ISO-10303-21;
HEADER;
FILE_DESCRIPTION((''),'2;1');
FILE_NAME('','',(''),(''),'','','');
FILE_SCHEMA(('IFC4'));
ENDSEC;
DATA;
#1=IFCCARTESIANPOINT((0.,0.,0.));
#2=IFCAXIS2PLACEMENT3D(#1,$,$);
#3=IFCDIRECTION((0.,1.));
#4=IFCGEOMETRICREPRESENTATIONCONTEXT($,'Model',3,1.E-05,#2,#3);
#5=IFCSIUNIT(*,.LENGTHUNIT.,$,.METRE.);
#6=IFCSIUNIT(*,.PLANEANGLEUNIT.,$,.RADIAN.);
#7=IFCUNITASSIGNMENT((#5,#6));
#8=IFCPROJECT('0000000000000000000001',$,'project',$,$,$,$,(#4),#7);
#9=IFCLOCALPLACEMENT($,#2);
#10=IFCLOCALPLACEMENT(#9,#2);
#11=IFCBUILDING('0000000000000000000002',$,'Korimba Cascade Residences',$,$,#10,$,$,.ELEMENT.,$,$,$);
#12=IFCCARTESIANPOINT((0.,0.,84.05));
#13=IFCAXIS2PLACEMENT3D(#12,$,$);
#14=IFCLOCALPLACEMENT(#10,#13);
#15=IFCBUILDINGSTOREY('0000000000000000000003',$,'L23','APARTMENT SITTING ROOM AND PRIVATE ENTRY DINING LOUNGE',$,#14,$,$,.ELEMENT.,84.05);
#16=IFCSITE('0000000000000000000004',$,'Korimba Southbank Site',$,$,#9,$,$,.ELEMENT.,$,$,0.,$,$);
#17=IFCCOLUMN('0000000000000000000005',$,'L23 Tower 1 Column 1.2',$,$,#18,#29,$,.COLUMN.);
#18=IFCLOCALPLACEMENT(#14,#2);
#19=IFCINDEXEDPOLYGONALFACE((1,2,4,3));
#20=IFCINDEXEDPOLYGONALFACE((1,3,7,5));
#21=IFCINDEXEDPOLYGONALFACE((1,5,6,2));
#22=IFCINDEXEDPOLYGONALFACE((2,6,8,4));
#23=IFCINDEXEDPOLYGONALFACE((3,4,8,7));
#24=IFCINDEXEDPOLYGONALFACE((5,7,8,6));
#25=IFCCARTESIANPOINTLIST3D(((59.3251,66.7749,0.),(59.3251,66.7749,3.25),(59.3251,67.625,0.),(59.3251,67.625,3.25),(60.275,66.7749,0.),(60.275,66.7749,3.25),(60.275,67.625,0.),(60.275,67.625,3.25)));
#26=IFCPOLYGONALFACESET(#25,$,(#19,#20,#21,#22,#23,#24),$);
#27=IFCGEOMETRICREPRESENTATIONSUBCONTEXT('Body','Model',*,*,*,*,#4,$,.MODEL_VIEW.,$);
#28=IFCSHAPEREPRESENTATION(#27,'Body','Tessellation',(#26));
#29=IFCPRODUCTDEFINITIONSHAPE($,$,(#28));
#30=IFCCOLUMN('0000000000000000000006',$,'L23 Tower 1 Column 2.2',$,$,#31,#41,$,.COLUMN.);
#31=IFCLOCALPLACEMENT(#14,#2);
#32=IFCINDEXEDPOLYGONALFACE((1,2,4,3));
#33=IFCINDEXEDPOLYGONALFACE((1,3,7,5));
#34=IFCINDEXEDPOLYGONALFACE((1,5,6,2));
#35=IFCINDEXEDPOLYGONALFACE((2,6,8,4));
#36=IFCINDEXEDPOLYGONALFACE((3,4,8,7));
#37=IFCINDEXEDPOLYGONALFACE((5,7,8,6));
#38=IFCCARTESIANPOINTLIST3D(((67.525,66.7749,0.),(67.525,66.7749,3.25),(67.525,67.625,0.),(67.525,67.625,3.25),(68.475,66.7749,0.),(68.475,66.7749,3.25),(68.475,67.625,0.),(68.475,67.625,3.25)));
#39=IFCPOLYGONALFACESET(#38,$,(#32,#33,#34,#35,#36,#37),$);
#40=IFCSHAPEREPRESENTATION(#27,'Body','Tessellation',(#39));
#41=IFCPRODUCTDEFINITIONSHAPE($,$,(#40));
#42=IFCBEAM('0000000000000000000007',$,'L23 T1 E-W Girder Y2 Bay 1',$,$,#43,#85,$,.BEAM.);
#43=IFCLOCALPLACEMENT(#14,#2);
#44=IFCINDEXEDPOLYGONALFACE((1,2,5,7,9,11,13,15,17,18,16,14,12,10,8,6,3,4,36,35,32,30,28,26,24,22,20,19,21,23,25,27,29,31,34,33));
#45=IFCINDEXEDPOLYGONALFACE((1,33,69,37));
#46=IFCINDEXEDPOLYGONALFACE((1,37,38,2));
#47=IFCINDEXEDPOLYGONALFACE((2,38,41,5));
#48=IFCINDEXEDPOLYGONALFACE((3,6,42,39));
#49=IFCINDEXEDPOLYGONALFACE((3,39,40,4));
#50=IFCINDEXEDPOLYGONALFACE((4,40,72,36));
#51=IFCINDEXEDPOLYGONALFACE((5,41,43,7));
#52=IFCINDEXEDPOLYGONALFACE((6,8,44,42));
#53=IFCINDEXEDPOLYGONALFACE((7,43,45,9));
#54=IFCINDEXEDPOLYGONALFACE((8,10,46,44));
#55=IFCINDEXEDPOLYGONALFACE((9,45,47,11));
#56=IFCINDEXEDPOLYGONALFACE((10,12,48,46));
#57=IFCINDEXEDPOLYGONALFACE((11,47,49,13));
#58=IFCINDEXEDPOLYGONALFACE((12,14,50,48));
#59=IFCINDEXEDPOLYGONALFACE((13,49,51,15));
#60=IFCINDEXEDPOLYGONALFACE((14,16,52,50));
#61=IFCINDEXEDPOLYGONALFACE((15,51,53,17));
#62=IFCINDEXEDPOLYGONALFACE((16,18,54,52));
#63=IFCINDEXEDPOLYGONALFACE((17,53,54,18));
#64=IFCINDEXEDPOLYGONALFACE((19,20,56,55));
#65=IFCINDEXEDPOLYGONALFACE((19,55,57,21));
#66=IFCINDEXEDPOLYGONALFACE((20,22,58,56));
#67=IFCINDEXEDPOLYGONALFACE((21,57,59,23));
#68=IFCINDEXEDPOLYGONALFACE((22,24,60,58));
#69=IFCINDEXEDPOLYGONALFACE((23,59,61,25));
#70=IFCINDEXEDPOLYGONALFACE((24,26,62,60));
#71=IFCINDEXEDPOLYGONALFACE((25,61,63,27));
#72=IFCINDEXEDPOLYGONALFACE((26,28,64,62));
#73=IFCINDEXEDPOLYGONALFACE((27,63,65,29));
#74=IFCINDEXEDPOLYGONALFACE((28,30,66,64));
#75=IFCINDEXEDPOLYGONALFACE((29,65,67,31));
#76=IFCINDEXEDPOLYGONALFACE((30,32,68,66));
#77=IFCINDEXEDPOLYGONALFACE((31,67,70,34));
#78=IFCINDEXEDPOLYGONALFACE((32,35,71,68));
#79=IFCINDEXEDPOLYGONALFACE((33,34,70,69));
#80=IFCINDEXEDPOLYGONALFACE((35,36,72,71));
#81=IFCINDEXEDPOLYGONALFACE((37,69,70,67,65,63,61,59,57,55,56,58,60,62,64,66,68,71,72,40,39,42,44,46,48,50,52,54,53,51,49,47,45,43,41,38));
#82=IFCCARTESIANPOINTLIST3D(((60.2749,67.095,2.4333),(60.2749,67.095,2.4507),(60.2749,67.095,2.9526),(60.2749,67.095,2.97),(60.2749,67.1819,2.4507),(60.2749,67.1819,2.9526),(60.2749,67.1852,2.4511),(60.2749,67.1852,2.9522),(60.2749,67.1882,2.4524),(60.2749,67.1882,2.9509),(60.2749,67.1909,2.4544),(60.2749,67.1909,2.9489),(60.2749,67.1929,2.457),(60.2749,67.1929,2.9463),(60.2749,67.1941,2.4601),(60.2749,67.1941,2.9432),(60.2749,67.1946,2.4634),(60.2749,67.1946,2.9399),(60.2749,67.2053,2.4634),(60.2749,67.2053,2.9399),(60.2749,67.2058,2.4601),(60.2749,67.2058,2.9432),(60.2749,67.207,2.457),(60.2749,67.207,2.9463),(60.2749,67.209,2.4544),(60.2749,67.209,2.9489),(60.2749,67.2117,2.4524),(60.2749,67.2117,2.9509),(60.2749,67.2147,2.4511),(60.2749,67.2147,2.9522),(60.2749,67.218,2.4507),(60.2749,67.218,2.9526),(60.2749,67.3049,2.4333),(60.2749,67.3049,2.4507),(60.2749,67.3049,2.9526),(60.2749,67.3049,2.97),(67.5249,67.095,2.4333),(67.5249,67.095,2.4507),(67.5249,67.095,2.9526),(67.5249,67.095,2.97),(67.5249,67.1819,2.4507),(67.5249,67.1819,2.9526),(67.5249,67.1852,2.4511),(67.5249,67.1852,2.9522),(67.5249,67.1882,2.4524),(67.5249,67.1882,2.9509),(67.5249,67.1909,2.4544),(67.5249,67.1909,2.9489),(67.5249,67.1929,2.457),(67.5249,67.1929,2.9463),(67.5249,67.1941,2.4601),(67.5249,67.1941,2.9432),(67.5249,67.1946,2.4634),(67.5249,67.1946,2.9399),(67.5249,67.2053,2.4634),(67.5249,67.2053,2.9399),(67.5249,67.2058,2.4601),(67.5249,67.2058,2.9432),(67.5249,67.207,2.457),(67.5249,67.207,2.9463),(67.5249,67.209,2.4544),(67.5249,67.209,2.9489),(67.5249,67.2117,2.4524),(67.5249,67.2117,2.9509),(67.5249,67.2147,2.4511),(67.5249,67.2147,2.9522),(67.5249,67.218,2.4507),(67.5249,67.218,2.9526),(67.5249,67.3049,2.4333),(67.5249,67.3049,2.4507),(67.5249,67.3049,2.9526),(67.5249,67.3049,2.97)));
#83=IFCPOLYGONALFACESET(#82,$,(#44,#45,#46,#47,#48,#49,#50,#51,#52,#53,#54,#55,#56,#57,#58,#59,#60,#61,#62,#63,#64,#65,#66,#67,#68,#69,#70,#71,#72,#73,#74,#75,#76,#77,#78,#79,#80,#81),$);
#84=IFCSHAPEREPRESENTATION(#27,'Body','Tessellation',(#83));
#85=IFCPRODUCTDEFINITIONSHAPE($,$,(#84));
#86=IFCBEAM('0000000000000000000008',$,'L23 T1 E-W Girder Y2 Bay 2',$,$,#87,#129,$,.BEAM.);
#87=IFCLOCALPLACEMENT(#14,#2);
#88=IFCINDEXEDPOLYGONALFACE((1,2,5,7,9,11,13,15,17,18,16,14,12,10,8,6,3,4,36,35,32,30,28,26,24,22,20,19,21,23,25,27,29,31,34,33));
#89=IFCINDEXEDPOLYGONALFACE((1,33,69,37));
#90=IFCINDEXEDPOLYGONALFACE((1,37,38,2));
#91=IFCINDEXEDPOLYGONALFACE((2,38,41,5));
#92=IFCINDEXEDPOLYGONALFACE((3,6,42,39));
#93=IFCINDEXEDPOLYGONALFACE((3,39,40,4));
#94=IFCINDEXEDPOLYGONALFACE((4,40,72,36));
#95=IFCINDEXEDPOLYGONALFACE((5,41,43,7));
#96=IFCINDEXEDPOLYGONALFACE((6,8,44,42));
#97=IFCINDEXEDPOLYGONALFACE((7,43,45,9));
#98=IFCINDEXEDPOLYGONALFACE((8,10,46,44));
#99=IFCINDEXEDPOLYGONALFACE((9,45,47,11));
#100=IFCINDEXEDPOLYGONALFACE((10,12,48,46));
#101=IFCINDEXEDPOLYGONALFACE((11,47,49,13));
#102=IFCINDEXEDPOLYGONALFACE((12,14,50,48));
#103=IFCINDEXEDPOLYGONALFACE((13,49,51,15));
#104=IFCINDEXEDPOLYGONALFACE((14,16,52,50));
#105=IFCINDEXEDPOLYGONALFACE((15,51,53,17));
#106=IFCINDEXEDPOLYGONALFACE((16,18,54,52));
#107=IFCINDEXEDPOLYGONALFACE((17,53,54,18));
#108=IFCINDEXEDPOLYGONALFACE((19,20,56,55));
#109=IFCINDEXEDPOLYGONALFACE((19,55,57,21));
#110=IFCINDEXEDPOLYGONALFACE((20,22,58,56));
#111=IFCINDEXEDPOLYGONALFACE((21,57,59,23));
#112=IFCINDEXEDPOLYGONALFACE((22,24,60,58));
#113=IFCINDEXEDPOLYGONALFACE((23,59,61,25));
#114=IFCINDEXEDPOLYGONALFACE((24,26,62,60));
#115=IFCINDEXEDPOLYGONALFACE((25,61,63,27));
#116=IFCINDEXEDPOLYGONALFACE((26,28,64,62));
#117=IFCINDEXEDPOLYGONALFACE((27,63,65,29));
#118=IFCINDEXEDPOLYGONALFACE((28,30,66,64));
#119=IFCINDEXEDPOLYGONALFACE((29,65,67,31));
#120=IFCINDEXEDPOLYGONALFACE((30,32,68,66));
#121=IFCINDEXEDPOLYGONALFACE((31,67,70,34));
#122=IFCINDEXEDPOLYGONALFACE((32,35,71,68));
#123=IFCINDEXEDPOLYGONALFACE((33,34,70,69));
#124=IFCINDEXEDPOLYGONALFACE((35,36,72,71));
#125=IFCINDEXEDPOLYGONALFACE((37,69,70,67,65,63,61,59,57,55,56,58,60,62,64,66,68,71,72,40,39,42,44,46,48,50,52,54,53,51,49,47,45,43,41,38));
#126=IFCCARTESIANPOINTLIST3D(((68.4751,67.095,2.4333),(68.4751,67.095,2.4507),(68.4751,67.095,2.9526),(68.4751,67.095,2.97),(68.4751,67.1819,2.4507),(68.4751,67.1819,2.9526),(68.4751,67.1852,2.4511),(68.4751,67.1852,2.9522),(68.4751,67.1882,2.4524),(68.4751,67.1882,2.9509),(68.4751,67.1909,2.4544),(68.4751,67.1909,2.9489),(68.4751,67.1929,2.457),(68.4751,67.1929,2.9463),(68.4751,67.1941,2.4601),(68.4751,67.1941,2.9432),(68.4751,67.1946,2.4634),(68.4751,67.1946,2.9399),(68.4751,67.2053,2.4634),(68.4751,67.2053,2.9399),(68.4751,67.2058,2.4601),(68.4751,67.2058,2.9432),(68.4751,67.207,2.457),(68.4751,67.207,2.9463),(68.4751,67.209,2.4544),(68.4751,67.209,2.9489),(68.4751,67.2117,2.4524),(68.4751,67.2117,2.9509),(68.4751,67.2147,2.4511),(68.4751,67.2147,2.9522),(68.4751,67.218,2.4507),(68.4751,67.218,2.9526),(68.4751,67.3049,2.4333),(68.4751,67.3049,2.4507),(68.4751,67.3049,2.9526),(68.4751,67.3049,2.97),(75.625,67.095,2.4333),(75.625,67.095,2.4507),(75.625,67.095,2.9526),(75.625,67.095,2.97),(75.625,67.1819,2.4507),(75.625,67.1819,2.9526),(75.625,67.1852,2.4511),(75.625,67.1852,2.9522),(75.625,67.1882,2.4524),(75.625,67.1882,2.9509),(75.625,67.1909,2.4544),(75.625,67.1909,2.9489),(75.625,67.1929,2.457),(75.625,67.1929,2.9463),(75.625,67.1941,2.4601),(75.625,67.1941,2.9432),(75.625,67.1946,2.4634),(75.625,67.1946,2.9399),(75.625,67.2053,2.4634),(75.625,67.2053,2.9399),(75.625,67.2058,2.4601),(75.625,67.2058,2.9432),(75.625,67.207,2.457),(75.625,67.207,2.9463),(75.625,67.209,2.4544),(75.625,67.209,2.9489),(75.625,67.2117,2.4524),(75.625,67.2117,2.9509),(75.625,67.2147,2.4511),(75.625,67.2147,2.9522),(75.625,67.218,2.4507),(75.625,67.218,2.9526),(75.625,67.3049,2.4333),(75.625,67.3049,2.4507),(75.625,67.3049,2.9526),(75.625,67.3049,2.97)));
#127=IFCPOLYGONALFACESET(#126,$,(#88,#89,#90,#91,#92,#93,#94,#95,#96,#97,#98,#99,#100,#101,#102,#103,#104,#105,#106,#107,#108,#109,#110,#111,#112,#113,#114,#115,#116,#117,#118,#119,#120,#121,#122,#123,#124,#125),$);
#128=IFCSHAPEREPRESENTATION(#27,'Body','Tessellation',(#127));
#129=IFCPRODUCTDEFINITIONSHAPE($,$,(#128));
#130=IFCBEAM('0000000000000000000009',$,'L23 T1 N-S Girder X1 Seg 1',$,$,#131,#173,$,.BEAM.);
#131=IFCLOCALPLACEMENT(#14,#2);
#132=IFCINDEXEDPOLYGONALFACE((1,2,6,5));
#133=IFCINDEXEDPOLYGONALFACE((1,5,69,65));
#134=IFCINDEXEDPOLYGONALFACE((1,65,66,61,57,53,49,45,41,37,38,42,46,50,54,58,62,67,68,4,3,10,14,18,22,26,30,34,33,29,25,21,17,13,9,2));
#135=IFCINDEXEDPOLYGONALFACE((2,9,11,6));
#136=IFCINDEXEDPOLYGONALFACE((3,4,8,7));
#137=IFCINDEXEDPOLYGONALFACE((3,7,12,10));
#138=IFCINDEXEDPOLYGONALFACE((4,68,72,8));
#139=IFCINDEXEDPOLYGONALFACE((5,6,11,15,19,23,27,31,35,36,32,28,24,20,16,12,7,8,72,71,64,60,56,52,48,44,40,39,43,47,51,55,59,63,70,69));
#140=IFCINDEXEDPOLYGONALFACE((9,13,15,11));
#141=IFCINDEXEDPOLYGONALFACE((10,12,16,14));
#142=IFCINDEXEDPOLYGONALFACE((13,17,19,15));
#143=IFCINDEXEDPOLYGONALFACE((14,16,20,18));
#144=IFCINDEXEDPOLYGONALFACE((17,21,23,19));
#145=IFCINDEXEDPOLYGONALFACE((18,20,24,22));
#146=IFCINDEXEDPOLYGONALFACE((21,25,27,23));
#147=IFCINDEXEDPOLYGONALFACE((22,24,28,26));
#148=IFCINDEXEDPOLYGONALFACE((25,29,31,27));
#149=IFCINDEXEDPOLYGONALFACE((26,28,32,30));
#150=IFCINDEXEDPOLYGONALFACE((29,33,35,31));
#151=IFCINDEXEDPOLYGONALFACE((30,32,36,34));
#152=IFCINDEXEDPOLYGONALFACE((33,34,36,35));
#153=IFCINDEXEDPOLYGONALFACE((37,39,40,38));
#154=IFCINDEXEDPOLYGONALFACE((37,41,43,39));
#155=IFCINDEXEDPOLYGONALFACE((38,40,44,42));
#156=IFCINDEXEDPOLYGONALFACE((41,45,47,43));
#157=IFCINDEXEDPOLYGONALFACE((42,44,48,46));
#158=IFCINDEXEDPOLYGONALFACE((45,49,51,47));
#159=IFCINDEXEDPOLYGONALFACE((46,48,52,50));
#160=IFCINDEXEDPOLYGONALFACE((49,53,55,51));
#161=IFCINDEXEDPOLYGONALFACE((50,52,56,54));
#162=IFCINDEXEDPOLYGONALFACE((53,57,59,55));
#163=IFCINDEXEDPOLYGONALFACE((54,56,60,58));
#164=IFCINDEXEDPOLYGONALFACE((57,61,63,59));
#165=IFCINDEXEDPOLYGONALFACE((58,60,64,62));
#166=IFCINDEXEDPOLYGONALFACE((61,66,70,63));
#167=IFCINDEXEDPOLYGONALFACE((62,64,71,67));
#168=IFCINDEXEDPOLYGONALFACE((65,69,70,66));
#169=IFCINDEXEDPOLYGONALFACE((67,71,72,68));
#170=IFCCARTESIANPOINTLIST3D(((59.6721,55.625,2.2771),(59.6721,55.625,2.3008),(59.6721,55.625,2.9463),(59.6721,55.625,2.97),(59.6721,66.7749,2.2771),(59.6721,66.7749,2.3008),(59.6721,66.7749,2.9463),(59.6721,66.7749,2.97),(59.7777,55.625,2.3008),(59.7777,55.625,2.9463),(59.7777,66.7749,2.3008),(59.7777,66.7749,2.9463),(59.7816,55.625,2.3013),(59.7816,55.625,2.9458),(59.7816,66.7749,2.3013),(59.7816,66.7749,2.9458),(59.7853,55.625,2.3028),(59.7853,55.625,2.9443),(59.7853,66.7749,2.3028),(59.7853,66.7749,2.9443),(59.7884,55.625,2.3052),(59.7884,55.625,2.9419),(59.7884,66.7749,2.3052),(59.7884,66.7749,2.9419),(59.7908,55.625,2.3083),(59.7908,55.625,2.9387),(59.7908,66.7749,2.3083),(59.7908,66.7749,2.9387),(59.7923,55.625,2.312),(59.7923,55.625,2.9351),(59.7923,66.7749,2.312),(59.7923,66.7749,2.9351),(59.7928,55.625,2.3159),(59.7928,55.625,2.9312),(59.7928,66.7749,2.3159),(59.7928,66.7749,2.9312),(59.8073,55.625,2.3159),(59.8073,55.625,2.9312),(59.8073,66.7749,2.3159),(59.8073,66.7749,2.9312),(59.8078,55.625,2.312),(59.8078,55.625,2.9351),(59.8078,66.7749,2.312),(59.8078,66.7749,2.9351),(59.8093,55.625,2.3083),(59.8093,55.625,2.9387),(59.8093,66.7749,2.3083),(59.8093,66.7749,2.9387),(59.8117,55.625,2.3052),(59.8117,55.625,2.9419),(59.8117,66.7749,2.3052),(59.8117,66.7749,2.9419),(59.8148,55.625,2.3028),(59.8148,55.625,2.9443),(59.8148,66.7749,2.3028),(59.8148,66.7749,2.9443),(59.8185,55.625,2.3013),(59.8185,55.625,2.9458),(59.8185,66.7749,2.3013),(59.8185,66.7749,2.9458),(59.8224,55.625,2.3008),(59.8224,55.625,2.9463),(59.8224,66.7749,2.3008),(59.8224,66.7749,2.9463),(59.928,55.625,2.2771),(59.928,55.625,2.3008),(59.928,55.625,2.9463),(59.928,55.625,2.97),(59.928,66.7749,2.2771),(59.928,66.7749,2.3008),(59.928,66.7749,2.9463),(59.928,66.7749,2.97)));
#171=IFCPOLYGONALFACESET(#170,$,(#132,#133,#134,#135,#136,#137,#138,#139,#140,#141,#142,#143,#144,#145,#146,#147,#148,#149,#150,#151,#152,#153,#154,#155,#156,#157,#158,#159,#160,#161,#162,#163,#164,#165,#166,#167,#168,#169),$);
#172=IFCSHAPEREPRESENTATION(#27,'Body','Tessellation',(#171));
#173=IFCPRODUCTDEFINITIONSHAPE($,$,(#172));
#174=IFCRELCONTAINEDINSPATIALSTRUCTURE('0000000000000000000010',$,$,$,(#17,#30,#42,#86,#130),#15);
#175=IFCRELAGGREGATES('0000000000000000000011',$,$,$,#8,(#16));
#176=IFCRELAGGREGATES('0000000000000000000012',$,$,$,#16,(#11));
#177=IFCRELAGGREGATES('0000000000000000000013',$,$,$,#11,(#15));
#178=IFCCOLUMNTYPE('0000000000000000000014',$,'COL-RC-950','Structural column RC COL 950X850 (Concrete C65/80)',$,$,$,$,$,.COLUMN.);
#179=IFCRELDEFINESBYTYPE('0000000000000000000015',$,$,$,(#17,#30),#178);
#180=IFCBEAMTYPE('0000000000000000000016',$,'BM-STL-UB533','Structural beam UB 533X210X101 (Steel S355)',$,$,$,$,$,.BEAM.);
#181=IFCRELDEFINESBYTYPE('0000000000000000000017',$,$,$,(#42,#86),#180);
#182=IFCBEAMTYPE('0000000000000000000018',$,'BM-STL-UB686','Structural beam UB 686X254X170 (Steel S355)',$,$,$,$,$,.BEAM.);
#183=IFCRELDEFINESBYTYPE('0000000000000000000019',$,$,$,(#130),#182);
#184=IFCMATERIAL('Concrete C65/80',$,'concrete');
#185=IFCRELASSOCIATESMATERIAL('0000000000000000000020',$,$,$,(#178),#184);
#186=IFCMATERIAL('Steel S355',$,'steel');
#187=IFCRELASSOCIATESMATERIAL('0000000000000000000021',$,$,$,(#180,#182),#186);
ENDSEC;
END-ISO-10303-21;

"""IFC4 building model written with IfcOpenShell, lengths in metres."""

from ifc_helpers import new_model, si_unit, direction, frame, origin, origin_2d, place, context, subcontext, project, spatial, rectangle, i_section, extrude, material, material_profile, profile_set, type_object, element, save


model = new_model("IFC4")

# Units and contexts
model_context = context("Model", 3, precision=1e-05, world=origin(), true_north=direction((0.0, 1.0)))
body_context = subcontext(model_context, "Body", "Model", "MODEL_VIEW")
ifc_project = project(units=[si_unit("LENGTHUNIT", "METRE"), si_unit("PLANEANGLEUNIT", "RADIAN")], contexts=[model_context])

# Site, building, storey
site_placement = place(None, origin())
site = spatial("IfcSite", under=ifc_project, at=site_placement, Name="Korimba Southbank Site", CompositionType="ELEMENT", RefElevation=0.0)
building_placement = place(site_placement, origin())
building = spatial("IfcBuilding", under=site, at=building_placement, Name="Korimba Cascade Residences", CompositionType="ELEMENT")
storey_placement = place(building_placement, frame((0.0, 0.0, 84.05)))
storey = spatial("IfcBuildingStorey", under=building, at=storey_placement, Name="L23", Description="APARTMENT SITTING ROOM AND PRIVATE ENTRY DINING LOUNGE", CompositionType="ELEMENT", Elevation=84.05)

# Columns
ifc_material_1 = material(Name="Concrete C65/80", Category="concrete")
ifc_material_profile_1 = material_profile(ifc_material_1, rectangle(XDim=0.95, YDim=0.8501, at=origin_2d()), Name="Concrete C65/80")
ifc_profile_set_1 = profile_set([ifc_material_profile_1], Name="Concrete C65/80")
column_type = type_object("IfcColumnType", Name="COL-RC-950", Description="Structural column RC COL 950X850 (Concrete C65/80)", PredefinedType="COLUMN", material=ifc_profile_set_1)
for number, where, z_axis, x_axis, name in (
    (1, (59.8, 67.2, 0.0), (0.0, 0.0, 1.0), (1.0, 0.0, 0.0), "L23 Tower 1 Column 1.2"),
    (2, (68.0, 67.2, 0.0), (0.0, 0.0, 1.0), (1.0, 0.0, 0.0), "L23 Tower 1 Column 2.2"),
):
    element("IfcColumn", number, at=place(storey_placement, frame(where, z_axis=z_axis, x_axis=x_axis)), inside=storey, type_object=column_type, Name=name, PredefinedType="COLUMN", context=body_context, shape_type="SweptSolid", body=[
        extrude(rectangle(XDim=0.95, YDim=0.8501, at=origin_2d()), origin(), (0.0, 0.0, 1.0), 3.25),
    ])

# Beams
ifc_material_2 = material(Name="Steel S355", Category="steel")
ifc_material_profile_2 = material_profile(ifc_material_2, i_section(OverallWidth=0.21, OverallDepth=0.5366, WebThickness=0.0107, FlangeThickness=0.0173, FilletRadius=0.0127, at=origin_2d()), Name="Steel S355")
ifc_profile_set_2 = profile_set([ifc_material_profile_2], Name="Steel S355")
beam_type_1 = type_object("IfcBeamType", Name="BM-STL-UB533", Description="Structural beam UB 533X210X101 (Steel S355)", PredefinedType="BEAM", material=ifc_profile_set_2)
beam_1_placement = place(storey_placement, frame((60.2749, 67.2, 2.7017), z_axis=(1.0, 0.0, 0.0), x_axis=(0.0, 1.0, 0.0)))
element("IfcBeam", 3, at=beam_1_placement, inside=storey, type_object=beam_type_1, Name="L23 T1 E-W Girder Y2 Bay 1", PredefinedType="BEAM", context=body_context, shape_type="SweptSolid", body=[
    extrude(i_section(OverallWidth=0.21, OverallDepth=0.5366, WebThickness=0.0107, FlangeThickness=0.0173, FilletRadius=0.0127, at=origin_2d()), origin(), (0.0, 0.0, 1.0), 7.25),
])
beam_2_placement = place(storey_placement, frame((68.4751, 67.2, 2.7017), z_axis=(1.0, 0.0, 0.0), x_axis=(0.0, 1.0, 0.0)))
element("IfcBeam", 4, at=beam_2_placement, inside=storey, type_object=beam_type_1, Name="L23 T1 E-W Girder Y2 Bay 2", PredefinedType="BEAM", context=body_context, shape_type="SweptSolid", body=[
    extrude(i_section(OverallWidth=0.21, OverallDepth=0.5366, WebThickness=0.0107, FlangeThickness=0.0173, FilletRadius=0.0127, at=origin_2d()), origin(), (0.0, 0.0, 1.0), 7.1499),
])
ifc_material_profile_3 = material_profile(ifc_material_2, i_section(OverallWidth=0.2559, OverallDepth=0.6929, WebThickness=0.0144, FlangeThickness=0.0237, FilletRadius=0.0151, at=origin_2d()), Name="Steel S355")
ifc_profile_set_3 = profile_set([ifc_material_profile_3], Name="Steel S355")
beam_type_2 = type_object("IfcBeamType", Name="BM-STL-UB686", Description="Structural beam UB 686X254X170 (Steel S355)", PredefinedType="BEAM", material=ifc_profile_set_3)
beam_3_placement = place(storey_placement, frame((59.8, 55.625, 2.6235), z_axis=(0.0, 1.0, 0.0), x_axis=(-1.0, 0.0, 0.0)))
element("IfcBeam", 5, at=beam_3_placement, inside=storey, type_object=beam_type_2, Name="L23 T1 N-S Girder X1 Seg 1", PredefinedType="BEAM", context=body_context, shape_type="SweptSolid", body=[
    extrude(i_section(OverallWidth=0.2559, OverallDepth=0.6929, WebThickness=0.0144, FlangeThickness=0.0237, FilletRadius=0.0151, at=origin_2d()), origin(), (0.0, 0.0, 1.0), 11.1499),
])

save(model, "model.ifc")
